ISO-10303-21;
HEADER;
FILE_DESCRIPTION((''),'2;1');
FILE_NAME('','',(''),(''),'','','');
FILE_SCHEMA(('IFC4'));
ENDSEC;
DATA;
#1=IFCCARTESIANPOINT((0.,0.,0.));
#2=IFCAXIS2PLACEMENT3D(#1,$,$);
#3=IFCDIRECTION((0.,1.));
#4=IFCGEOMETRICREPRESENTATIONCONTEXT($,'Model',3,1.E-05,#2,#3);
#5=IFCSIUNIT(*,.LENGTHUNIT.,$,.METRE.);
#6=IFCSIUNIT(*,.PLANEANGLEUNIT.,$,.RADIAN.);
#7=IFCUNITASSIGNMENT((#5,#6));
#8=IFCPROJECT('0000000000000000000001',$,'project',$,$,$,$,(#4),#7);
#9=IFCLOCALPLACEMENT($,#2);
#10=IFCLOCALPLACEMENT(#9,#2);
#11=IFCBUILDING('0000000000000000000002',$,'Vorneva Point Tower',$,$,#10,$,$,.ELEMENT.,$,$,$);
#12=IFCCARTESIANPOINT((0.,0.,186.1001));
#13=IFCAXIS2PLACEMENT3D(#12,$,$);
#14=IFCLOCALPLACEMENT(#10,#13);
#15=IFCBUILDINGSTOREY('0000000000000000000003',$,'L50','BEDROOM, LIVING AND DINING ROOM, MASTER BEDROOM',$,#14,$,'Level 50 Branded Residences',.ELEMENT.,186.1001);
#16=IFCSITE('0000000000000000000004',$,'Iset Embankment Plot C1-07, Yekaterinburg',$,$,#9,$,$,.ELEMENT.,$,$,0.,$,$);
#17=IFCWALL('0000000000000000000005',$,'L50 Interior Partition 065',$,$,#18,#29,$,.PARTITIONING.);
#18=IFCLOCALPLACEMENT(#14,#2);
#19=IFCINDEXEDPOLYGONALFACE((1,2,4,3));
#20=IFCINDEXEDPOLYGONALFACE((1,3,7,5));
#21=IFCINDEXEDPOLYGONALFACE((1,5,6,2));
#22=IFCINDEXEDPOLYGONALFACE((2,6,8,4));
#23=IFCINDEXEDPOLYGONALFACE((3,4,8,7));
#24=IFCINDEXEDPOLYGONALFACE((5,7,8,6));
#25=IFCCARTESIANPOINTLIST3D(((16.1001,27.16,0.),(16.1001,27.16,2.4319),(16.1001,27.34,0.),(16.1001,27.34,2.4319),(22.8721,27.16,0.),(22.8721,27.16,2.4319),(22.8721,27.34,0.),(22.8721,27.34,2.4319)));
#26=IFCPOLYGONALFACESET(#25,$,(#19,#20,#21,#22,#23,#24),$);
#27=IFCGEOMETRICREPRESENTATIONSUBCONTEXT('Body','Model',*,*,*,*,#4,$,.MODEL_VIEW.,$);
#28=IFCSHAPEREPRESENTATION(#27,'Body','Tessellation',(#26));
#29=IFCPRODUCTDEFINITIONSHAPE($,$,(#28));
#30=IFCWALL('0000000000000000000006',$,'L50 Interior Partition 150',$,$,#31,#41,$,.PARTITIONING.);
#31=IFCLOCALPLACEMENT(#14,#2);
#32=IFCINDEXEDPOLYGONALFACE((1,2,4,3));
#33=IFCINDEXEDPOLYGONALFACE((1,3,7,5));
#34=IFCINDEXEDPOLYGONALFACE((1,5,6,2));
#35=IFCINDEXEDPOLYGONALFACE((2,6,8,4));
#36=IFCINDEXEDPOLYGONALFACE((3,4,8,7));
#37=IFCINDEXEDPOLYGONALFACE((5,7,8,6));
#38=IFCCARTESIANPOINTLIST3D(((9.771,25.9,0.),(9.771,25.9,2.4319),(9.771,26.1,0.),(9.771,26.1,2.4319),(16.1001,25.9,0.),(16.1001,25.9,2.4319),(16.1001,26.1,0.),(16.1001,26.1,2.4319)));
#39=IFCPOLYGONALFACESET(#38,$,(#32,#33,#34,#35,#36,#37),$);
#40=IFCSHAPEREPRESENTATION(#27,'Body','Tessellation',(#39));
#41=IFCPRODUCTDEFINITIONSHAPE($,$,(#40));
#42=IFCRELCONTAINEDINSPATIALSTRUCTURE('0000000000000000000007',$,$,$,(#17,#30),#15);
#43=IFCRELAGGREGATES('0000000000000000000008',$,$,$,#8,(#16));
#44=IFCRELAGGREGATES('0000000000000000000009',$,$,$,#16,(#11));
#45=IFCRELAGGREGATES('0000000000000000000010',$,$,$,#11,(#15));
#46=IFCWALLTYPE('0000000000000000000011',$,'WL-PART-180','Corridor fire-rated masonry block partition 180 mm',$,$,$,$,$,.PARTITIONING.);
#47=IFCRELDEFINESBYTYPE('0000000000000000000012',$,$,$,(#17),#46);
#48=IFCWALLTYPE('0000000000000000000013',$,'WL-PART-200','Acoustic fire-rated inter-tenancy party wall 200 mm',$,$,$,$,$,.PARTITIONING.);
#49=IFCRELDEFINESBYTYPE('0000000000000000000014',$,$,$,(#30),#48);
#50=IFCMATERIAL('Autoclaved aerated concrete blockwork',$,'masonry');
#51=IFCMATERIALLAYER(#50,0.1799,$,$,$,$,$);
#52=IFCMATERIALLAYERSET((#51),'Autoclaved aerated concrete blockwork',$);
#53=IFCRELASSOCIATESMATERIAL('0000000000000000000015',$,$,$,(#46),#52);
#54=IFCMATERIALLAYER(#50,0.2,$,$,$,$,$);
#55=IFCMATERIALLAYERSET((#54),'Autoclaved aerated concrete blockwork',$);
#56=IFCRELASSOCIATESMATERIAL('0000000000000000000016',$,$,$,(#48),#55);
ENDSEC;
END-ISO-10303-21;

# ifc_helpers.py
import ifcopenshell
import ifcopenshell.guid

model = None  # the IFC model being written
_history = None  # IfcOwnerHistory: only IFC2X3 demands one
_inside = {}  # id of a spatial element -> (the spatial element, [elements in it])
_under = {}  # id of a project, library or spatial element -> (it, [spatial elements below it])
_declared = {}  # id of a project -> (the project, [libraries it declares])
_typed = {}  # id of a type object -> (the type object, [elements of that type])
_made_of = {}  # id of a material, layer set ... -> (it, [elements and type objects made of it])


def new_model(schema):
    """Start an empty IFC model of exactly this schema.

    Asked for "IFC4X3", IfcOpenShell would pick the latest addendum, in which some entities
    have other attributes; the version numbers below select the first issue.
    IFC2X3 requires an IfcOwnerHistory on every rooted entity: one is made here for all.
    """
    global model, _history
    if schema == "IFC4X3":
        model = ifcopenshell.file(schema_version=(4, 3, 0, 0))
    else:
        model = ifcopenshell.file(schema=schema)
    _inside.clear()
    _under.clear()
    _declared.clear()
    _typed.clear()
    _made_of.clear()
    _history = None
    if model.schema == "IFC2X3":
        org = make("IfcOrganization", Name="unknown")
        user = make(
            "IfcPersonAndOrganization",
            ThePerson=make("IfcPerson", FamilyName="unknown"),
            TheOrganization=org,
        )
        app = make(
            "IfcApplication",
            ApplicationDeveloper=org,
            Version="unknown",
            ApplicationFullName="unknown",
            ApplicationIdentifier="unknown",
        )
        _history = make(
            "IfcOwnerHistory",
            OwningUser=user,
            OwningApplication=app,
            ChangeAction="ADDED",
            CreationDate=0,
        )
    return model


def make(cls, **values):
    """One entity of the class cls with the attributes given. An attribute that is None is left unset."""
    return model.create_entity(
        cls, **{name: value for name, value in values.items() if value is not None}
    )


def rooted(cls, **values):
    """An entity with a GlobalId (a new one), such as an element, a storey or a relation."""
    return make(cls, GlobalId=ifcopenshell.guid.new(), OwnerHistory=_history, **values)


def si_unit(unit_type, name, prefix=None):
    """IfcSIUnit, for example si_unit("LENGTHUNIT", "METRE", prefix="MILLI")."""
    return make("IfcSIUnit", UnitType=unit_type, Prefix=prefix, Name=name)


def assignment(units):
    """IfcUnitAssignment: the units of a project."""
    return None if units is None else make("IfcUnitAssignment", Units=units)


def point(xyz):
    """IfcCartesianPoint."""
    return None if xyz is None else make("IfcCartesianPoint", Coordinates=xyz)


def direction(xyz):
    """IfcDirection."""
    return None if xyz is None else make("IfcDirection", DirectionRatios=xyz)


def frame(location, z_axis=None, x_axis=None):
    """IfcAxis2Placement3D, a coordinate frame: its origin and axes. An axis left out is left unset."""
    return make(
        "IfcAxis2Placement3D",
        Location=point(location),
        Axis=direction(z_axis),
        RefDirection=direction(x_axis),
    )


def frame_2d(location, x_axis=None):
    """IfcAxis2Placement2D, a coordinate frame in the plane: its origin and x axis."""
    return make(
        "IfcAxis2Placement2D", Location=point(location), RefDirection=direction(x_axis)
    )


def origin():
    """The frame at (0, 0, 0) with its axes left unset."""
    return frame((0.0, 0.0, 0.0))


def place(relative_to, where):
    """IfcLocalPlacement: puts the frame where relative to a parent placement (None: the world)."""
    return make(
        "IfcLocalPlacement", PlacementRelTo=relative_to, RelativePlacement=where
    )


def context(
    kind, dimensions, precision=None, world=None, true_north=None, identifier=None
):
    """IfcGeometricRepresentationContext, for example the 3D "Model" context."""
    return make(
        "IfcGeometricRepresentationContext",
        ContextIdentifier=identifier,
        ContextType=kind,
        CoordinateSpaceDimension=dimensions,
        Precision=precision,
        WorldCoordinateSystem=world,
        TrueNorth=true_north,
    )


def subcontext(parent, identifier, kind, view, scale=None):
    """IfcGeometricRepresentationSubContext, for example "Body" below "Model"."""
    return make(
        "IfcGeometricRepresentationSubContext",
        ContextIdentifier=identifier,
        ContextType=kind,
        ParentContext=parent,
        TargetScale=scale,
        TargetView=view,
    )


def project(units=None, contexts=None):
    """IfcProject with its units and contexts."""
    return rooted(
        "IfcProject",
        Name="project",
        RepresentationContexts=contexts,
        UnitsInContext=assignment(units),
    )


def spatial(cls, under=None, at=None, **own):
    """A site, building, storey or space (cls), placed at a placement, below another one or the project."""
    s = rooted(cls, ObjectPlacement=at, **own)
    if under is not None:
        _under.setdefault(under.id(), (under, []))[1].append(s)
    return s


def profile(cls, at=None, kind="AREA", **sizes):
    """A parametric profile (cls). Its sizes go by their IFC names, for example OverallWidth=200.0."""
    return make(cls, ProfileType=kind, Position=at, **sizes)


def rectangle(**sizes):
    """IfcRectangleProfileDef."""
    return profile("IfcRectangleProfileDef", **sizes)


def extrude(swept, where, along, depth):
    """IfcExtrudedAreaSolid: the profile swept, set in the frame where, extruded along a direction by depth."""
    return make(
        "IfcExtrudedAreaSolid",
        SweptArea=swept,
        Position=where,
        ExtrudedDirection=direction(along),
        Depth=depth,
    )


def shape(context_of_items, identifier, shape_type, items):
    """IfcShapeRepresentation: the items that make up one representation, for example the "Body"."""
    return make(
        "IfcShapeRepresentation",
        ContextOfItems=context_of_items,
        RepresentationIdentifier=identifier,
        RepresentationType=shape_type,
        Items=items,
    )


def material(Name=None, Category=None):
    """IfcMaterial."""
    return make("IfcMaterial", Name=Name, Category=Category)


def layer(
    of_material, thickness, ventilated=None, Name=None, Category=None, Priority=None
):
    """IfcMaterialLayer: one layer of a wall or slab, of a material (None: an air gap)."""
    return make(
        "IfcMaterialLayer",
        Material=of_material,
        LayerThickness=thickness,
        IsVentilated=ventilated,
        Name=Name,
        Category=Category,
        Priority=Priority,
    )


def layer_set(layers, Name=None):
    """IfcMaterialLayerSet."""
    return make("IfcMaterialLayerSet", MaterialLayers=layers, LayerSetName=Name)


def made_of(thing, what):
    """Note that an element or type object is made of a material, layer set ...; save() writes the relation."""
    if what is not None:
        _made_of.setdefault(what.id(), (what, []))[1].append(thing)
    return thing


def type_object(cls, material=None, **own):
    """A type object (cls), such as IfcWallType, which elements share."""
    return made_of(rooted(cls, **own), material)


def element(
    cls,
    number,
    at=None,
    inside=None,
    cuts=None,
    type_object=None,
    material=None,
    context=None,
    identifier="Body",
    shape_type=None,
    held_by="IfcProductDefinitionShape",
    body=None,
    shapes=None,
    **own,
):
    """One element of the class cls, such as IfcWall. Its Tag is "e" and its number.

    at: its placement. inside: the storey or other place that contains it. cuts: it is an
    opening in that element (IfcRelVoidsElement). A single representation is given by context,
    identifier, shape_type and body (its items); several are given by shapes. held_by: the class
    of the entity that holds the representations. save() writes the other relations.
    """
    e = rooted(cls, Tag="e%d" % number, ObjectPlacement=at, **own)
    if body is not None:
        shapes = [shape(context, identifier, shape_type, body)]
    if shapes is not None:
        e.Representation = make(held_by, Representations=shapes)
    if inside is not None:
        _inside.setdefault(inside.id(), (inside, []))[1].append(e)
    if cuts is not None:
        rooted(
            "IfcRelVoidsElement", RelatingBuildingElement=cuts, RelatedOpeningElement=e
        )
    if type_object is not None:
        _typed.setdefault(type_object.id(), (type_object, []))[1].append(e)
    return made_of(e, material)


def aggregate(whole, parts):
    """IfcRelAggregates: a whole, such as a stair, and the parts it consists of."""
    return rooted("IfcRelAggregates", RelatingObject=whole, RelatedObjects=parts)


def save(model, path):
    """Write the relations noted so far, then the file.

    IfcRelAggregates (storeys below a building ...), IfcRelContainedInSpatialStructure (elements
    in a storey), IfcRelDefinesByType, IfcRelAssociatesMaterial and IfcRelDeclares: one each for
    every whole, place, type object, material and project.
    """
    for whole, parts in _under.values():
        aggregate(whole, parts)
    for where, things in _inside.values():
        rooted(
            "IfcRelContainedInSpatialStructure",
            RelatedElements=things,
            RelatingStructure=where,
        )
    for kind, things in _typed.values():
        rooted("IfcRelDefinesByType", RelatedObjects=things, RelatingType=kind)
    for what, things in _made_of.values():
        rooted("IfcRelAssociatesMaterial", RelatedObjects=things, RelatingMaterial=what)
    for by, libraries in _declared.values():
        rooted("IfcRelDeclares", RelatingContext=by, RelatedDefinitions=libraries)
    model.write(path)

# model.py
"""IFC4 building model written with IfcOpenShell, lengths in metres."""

from ifc_helpers import new_model, si_unit, direction, frame, frame_2d, origin, place, context, subcontext, project, spatial, rectangle, extrude, material, layer, layer_set, type_object, element, save


model = new_model("IFC4")

# Units and contexts
model_context = context("Model", 3, precision=1e-05, world=origin(), true_north=direction((0.0, 1.0)))
body_context = subcontext(model_context, "Body", "Model", "MODEL_VIEW")
ifc_project = project(units=[si_unit("LENGTHUNIT", "METRE"), si_unit("PLANEANGLEUNIT", "RADIAN")], contexts=[model_context])

# Site, building, storey
site_placement = place(None, origin())
site = spatial("IfcSite", under=ifc_project, at=site_placement, Name="Iset Embankment Plot C1-07, Yekaterinburg", CompositionType="ELEMENT", RefElevation=0.0)
building_placement = place(site_placement, origin())
building = spatial("IfcBuilding", under=site, at=building_placement, Name="Vorneva Point Tower", CompositionType="ELEMENT")
storey_placement = place(building_placement, frame((0.0, 0.0, 186.1001)))
storey = spatial("IfcBuildingStorey", under=building, at=storey_placement, Name="L50", Description="BEDROOM, LIVING AND DINING ROOM, MASTER BEDROOM", LongName="Level 50 Branded Residences", CompositionType="ELEMENT", Elevation=186.1001)

# Shared definitions
ifc_material_1 = material(Name="Autoclaved aerated concrete blockwork", Category="masonry")
ifc_layer_1 = layer(ifc_material_1, 0.1799)
ifc_layer_set_1 = layer_set([ifc_layer_1], Name="Autoclaved aerated concrete blockwork")
wall_type_1 = type_object("IfcWallType", Name="WL-PART-180", Description="Corridor fire-rated masonry block partition 180 mm", PredefinedType="PARTITIONING", material=ifc_layer_set_1)

# Walls
wall_1_placement = place(storey_placement, frame((22.8721, 27.25, 0.0), z_axis=(0.0, 0.0, 1.0), x_axis=(-1.0, 0.0, 0.0)))
element("IfcWall", 1, at=wall_1_placement, inside=storey, type_object=wall_type_1, Name="L50 Interior Partition 065", PredefinedType="PARTITIONING", context=body_context, shape_type="SweptSolid", body=[
    extrude(rectangle(XDim=6.772, YDim=0.1799, at=frame_2d((3.386, 0.0))), origin(), (0.0, 0.0, 1.0), 2.4319),
])
ifc_layer_2 = layer(ifc_material_1, 0.2)
ifc_layer_set_2 = layer_set([ifc_layer_2], Name="Autoclaved aerated concrete blockwork")
wall_type_2 = type_object("IfcWallType", Name="WL-PART-200", Description="Acoustic fire-rated inter-tenancy party wall 200 mm", PredefinedType="PARTITIONING", material=ifc_layer_set_2)
wall_2_placement = place(storey_placement, frame((9.771, 26.0, 0.0), z_axis=(0.0, 0.0, 1.0), x_axis=(1.0, 0.0, 0.0)))
element("IfcWall", 2, at=wall_2_placement, inside=storey, type_object=wall_type_2, Name="L50 Interior Partition 150", PredefinedType="PARTITIONING", context=body_context, shape_type="SweptSolid", body=[
    extrude(rectangle(XDim=6.3291, YDim=0.2, at=frame_2d((3.1646, 0.0))), origin(), (0.0, 0.0, 1.0), 2.4319),
])

save(model, "model.ifc")
